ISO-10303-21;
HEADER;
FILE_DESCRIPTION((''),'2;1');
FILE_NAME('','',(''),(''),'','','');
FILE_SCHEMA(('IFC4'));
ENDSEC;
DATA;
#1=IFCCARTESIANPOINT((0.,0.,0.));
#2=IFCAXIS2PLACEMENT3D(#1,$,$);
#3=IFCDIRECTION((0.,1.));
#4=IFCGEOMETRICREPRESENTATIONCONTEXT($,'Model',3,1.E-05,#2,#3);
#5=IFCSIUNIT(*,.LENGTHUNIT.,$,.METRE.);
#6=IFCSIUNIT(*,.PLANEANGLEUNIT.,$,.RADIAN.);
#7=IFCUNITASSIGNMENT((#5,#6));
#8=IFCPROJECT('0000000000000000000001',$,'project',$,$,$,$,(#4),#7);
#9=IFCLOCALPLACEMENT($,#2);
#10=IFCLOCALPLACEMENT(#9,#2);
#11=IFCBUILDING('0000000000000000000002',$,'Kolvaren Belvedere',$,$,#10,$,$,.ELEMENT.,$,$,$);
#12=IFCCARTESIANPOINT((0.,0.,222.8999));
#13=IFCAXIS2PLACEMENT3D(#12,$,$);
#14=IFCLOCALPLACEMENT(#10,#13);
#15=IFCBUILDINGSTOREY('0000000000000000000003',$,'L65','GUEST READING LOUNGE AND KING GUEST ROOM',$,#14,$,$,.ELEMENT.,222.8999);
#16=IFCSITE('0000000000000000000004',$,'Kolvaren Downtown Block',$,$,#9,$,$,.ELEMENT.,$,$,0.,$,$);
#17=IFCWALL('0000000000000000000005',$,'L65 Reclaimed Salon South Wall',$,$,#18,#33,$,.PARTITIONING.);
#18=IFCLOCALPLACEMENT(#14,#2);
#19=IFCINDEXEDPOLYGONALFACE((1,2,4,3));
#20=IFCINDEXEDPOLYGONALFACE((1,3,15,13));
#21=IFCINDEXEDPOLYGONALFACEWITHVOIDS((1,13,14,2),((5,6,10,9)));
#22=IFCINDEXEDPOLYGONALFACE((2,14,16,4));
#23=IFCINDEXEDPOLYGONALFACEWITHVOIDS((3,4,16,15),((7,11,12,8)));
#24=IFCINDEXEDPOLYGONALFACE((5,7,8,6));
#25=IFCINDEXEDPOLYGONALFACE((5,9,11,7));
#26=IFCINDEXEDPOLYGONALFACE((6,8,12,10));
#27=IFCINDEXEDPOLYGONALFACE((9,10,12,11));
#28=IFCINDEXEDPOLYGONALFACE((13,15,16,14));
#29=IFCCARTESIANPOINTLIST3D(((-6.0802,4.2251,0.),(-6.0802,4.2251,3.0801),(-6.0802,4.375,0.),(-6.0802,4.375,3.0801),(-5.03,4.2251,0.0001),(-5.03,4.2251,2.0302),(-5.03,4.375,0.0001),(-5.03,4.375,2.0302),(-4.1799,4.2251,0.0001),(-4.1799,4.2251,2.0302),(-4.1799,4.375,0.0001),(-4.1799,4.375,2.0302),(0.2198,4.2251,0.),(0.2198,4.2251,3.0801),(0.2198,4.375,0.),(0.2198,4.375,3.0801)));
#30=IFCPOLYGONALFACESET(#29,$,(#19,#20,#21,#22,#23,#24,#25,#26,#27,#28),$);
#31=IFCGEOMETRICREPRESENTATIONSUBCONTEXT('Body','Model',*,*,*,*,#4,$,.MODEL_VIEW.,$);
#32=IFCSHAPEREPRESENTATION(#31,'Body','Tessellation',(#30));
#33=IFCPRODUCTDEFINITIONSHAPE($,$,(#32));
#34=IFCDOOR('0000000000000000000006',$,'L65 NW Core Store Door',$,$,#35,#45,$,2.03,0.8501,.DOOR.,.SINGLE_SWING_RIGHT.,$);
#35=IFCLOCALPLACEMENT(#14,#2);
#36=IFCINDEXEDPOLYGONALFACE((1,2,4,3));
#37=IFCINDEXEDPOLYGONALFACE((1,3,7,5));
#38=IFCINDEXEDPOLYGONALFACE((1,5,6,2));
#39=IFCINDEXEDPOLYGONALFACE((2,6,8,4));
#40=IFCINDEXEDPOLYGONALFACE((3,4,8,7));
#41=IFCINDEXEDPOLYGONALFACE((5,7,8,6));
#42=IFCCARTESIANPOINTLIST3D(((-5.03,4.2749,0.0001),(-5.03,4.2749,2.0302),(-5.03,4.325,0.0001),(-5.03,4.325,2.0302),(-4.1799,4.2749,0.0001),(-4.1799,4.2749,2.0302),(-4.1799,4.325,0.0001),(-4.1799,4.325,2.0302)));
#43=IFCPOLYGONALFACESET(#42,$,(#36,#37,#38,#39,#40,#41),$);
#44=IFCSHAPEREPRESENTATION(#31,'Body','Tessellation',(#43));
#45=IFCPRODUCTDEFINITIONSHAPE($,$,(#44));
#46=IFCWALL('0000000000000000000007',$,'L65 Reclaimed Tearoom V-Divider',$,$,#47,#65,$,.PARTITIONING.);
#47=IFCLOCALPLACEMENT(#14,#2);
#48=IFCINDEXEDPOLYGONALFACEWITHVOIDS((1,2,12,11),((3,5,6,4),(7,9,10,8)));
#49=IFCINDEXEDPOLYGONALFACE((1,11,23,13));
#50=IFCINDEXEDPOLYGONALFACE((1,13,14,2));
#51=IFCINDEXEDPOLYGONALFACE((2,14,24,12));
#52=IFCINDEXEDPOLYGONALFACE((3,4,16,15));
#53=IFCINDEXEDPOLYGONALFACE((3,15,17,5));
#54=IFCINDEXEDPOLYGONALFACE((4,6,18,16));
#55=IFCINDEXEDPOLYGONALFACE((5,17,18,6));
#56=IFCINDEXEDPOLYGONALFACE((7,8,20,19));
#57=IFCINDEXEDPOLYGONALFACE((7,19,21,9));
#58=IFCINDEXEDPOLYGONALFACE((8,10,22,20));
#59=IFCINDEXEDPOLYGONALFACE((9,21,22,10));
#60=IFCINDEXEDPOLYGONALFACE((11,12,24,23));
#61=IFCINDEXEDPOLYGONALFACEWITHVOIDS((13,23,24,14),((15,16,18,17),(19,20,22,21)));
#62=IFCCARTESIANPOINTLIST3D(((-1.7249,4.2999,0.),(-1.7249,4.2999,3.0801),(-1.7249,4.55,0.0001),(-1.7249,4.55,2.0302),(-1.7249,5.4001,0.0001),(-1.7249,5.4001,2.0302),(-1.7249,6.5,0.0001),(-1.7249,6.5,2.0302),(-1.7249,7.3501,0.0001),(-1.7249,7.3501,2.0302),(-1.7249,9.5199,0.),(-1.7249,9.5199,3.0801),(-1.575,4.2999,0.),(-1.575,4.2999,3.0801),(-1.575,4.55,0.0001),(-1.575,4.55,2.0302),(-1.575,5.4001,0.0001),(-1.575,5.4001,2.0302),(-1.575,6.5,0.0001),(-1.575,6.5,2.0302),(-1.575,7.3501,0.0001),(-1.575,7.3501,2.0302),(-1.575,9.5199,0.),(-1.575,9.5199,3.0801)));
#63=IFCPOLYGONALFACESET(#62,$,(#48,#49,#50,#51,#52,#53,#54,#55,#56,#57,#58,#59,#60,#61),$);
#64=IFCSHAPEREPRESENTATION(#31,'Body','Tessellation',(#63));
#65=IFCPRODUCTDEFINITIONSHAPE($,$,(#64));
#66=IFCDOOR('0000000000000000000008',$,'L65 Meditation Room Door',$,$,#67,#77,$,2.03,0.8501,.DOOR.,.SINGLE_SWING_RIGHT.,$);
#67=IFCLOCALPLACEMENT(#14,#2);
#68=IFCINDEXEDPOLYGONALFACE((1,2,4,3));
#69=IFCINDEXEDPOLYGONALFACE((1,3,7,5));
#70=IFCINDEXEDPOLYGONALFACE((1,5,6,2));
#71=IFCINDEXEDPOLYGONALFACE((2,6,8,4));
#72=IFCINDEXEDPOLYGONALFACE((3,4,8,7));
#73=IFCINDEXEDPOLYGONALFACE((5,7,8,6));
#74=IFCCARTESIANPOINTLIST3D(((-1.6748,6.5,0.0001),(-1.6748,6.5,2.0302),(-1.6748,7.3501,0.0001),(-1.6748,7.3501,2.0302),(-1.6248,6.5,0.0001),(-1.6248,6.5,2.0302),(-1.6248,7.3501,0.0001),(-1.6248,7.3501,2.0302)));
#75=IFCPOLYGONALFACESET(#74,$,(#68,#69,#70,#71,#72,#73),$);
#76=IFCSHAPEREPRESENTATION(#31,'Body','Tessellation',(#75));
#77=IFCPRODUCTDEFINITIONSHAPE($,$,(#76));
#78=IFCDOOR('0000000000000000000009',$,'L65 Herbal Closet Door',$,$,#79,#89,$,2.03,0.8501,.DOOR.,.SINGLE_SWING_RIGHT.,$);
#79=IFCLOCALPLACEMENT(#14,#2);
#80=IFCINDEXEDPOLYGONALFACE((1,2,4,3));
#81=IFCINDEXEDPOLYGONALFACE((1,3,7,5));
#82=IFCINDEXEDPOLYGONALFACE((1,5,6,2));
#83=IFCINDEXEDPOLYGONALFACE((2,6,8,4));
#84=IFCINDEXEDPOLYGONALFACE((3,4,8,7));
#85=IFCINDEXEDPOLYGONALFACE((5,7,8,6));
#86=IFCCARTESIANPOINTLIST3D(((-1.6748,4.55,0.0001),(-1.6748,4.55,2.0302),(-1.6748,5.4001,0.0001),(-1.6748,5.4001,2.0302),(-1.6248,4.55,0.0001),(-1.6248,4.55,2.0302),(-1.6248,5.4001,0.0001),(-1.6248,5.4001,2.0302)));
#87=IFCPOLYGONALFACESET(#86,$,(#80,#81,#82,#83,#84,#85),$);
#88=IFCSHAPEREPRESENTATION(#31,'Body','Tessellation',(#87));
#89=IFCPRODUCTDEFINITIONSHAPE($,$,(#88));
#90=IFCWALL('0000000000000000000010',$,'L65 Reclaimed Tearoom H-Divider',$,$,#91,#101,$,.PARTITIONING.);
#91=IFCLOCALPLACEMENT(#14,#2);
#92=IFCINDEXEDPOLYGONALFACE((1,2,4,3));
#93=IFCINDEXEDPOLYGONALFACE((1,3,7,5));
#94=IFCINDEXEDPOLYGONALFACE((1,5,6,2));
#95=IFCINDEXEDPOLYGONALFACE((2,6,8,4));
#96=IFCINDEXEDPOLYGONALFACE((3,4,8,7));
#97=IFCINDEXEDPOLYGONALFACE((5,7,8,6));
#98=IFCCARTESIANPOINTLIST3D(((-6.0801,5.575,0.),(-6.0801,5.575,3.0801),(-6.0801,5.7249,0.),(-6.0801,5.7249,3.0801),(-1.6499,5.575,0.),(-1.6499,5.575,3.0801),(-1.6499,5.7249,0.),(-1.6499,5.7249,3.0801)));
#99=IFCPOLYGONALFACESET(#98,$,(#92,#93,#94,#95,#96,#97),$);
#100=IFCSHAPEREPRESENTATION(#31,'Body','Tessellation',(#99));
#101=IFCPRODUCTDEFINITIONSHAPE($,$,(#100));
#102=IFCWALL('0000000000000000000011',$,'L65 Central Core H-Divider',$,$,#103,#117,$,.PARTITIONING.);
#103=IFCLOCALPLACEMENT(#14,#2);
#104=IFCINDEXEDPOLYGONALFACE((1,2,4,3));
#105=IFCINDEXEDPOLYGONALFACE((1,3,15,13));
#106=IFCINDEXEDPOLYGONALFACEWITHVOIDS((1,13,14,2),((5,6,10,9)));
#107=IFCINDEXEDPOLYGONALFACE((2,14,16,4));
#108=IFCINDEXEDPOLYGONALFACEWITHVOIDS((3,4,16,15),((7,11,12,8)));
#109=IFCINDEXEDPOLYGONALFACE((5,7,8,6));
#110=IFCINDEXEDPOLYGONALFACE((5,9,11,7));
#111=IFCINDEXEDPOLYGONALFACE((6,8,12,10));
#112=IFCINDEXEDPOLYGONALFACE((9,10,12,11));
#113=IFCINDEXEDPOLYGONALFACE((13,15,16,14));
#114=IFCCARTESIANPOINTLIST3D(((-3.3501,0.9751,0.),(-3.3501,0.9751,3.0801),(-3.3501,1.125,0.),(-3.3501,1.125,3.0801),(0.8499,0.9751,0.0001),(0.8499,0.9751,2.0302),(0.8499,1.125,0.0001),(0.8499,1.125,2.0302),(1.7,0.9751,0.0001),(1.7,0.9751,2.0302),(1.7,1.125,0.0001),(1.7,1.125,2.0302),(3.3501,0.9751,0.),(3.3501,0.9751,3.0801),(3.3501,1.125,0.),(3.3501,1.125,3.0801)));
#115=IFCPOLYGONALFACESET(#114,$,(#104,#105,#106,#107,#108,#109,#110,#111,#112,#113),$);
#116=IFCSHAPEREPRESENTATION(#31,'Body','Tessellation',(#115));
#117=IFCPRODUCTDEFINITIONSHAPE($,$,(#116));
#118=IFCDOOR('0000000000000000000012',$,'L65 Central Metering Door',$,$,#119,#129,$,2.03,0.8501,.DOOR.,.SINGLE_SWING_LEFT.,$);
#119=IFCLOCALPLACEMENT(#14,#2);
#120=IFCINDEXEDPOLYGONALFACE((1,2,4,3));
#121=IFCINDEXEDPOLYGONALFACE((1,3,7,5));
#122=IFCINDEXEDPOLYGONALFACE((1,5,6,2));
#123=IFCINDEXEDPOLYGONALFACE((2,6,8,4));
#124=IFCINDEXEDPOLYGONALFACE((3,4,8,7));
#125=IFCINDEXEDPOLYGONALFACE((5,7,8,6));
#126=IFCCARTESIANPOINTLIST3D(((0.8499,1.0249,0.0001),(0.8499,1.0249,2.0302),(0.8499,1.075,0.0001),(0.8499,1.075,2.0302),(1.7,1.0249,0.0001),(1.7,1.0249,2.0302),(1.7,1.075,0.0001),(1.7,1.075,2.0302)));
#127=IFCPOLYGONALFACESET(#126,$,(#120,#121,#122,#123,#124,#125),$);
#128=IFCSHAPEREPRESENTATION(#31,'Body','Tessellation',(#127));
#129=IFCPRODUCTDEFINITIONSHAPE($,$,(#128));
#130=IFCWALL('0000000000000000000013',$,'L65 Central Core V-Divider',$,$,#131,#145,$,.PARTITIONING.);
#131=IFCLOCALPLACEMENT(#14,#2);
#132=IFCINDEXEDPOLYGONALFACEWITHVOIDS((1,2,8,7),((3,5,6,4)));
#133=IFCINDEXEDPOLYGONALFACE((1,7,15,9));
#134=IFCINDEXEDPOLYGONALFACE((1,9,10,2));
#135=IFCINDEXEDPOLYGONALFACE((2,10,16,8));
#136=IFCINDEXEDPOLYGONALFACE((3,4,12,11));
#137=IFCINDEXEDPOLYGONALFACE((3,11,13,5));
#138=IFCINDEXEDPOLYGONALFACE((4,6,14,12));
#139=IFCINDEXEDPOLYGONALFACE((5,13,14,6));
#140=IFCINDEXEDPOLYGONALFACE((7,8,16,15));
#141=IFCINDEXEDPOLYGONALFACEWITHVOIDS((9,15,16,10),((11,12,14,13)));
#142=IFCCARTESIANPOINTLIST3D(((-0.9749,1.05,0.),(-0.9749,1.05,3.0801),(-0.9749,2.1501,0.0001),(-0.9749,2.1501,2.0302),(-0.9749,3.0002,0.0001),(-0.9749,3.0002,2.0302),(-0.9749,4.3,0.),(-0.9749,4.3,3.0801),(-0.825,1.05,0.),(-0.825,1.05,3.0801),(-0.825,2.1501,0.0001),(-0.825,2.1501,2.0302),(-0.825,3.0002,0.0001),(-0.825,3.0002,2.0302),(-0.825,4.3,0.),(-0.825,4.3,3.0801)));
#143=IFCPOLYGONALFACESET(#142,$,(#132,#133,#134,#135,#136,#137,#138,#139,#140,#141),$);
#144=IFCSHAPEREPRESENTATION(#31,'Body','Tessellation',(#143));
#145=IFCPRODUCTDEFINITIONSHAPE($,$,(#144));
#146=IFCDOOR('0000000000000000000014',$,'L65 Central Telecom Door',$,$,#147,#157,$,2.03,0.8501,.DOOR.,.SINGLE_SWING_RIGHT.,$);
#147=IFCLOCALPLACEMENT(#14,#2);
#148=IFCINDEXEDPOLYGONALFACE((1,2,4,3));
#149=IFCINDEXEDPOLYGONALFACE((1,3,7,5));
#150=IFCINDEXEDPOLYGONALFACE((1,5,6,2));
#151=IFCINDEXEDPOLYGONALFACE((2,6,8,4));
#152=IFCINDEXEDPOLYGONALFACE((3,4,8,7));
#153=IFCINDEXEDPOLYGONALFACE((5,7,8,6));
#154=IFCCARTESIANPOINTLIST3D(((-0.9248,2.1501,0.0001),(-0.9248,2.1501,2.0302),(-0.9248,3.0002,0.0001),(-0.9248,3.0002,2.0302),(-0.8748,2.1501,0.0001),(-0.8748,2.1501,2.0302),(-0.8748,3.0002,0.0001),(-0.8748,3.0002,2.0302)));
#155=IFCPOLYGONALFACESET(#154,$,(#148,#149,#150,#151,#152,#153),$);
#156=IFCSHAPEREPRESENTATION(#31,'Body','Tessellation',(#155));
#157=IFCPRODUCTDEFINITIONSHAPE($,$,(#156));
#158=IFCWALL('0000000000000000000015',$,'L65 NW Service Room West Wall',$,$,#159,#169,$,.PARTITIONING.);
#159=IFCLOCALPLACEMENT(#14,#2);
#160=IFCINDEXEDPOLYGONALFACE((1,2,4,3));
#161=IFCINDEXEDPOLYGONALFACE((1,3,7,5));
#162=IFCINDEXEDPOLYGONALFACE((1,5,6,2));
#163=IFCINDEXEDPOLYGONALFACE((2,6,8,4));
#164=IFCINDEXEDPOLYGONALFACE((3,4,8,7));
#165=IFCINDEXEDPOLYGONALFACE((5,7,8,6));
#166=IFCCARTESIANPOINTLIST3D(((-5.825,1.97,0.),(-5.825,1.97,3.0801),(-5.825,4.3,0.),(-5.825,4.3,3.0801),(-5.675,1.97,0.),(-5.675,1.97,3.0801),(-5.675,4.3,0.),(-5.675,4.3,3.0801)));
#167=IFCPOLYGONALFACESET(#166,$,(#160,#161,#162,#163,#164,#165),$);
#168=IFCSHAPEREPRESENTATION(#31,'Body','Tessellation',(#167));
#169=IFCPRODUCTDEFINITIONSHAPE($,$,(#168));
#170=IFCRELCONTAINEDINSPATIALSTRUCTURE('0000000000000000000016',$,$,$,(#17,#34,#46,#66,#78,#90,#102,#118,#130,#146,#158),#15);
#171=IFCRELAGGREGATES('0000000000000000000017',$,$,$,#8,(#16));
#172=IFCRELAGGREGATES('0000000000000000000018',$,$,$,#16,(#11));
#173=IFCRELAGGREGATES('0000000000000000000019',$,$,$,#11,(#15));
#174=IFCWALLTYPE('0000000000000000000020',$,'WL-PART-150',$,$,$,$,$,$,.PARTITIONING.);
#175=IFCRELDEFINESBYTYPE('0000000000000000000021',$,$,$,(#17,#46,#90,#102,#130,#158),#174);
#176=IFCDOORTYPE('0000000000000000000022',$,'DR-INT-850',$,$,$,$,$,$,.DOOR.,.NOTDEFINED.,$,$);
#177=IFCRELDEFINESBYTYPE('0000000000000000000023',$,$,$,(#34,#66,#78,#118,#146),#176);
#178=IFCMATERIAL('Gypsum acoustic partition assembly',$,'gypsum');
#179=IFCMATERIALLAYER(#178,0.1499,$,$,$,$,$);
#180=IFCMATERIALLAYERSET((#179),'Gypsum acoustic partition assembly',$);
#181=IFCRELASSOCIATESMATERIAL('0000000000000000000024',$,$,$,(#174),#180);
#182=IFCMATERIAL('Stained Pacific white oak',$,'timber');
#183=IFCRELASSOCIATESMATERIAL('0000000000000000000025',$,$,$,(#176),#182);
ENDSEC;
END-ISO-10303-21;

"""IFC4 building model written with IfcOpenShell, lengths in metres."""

from ifc_helpers import new_model, si_unit, direction, frame, frame_2d, origin, place, context, subcontext, project, spatial, rectangle, extrude, material, layer, layer_set, type_object, element, fill, save


model = new_model("IFC4")

# Units and contexts
model_context = context("Model", 3, precision=1e-05, world=origin(), true_north=direction((0.0, 1.0)))
body_context = subcontext(model_context, "Body", "Model", "MODEL_VIEW")
ifc_project = project(units=[si_unit("LENGTHUNIT", "METRE"), si_unit("PLANEANGLEUNIT", "RADIAN")], contexts=[model_context])

# Site, building, storey
site_placement = place(None, origin())
site = spatial("IfcSite", under=ifc_project, at=site_placement, Name="Kolvaren Downtown Block", CompositionType="ELEMENT", RefElevation=0.0)
building_placement = place(site_placement, origin())
building = spatial("IfcBuilding", under=site, at=building_placement, Name="Kolvaren Belvedere", CompositionType="ELEMENT")
storey_placement = place(building_placement, frame((0.0, 0.0, 222.8999)))
storey = spatial("IfcBuildingStorey", under=building, at=storey_placement, Name="L65", Description="GUEST READING LOUNGE AND KING GUEST ROOM", CompositionType="ELEMENT", Elevation=222.8999)

# Wall, opening, door
ifc_material_1 = material(Name="Gypsum acoustic partition assembly", Category="gypsum")
ifc_layer_1 = layer(ifc_material_1, 0.1499)
ifc_layer_set_1 = layer_set([ifc_layer_1], Name="Gypsum acoustic partition assembly")
wall_type_1 = type_object("IfcWallType", Name="WL-PART-150", PredefinedType="PARTITIONING", material=ifc_layer_set_1)
wall_1_placement = place(storey_placement, frame((-6.0801, 4.3, 0.0), z_axis=(0.0, 0.0, 1.0), x_axis=(1.0, 0.0, 0.0)))
wall_1 = element("IfcWall", 1, at=wall_1_placement, inside=storey, type_object=wall_type_1, Name="L65 Reclaimed Salon South Wall", PredefinedType="PARTITIONING", context=body_context, shape_type="SweptSolid", body=[
    extrude(rectangle(XDim=6.3, YDim=0.1499, at=frame_2d((3.1499, 0.0))), origin(), (0.0, 0.0, 1.0), 3.0801),
])
opening_1_placement = place(wall_1_placement, frame((1.05, 0.0, 0.0)))
opening_1 = element("IfcOpeningElement", 2, at=opening_1_placement, cuts=wall_1, PredefinedType="OPENING", context=body_context, shape_type="SweptSolid", body=[
    extrude(rectangle(XDim=0.8501, YDim=2.03, at=frame_2d((0.425, 1.0151))), frame((0.0, 0.085, 0.0), z_axis=(0.0, -1.0, 0.0), x_axis=(1.0, 0.0, 0.0)), (0.0, 0.0, 1.0), 0.1699),
])
ifc_material_2 = material(Name="Stained Pacific white oak", Category="timber")
door_type_1 = type_object("IfcDoorType", Name="DR-INT-850", OperationType="NOTDEFINED", PredefinedType="DOOR", material=ifc_material_2)
door_1_placement = place(opening_1_placement, origin())
door_1 = element("IfcDoor", 3, at=door_1_placement, inside=storey, type_object=door_type_1, Name="L65 NW Core Store Door", OperationType="SINGLE_SWING_RIGHT", OverallHeight=2.03, OverallWidth=0.8501, PredefinedType="DOOR", context=body_context, shape_type="SweptSolid", body=[
    extrude(rectangle(XDim=0.8501, YDim=2.03, at=frame_2d((0.425, 1.0151))), frame((0.0, 0.0249, 0.0), z_axis=(0.0, -1.0, 0.0), x_axis=(1.0, 0.0, 0.0)), (0.0, 0.0, 1.0), 0.05),
])
fill(opening_1, door_1)

# Wall, openings, doors
wall_2_placement = place(storey_placement, frame((-1.6499, 4.3, 0.0), z_axis=(0.0, 0.0, 1.0), x_axis=(0.0, 1.0, 0.0)))
wall_2 = element("IfcWall", 4, at=wall_2_placement, inside=storey, type_object=wall_type_1, Name="L65 Reclaimed Tearoom V-Divider", PredefinedType="PARTITIONING", context=body_context, shape_type="SweptSolid", body=[
    extrude(rectangle(XDim=5.22, YDim=0.1499, at=frame_2d((2.6099, 0.0))), origin(), (0.0, 0.0, 1.0), 3.0801),
])
opening_2_placement = place(wall_2_placement, frame((2.2, 0.0, 0.0)))
opening_2 = element("IfcOpeningElement", 5, at=opening_2_placement, cuts=wall_2, PredefinedType="OPENING", context=body_context, shape_type="SweptSolid", body=[
    extrude(rectangle(XDim=0.8501, YDim=2.03, at=frame_2d((0.425, 1.0151))), frame((0.0, 0.085, 0.0), z_axis=(0.0, -1.0, 0.0), x_axis=(1.0, 0.0, 0.0)), (0.0, 0.0, 1.0), 0.1699),
])
opening_3_placement = place(wall_2_placement, frame((0.25, 0.0, 0.0)))
opening_3 = element("IfcOpeningElement", 6, at=opening_3_placement, cuts=wall_2, PredefinedType="OPENING", context=body_context, shape_type="SweptSolid", body=[
    extrude(rectangle(XDim=0.8501, YDim=2.03, at=frame_2d((0.425, 1.0151))), frame((0.0, 0.085, 0.0), z_axis=(0.0, -1.0, 0.0), x_axis=(1.0, 0.0, 0.0)), (0.0, 0.0, 1.0), 0.1699),
])
door_2_placement = place(opening_2_placement, origin())
door_2 = element("IfcDoor", 7, at=door_2_placement, inside=storey, type_object=door_type_1, Name="L65 Meditation Room Door", OperationType="SINGLE_SWING_RIGHT", OverallHeight=2.03, OverallWidth=0.8501, PredefinedType="DOOR", context=body_context, shape_type="SweptSolid", body=[
    extrude(rectangle(XDim=0.8501, YDim=2.03, at=frame_2d((0.425, 1.0151))), frame((0.0, 0.0249, 0.0), z_axis=(0.0, -1.0, 0.0), x_axis=(1.0, 0.0, 0.0)), (0.0, 0.0, 1.0), 0.05),
])
fill(opening_2, door_2)
door_3_placement = place(opening_3_placement, origin())
door_3 = element("IfcDoor", 8, at=door_3_placement, inside=storey, type_object=door_type_1, Name="L65 Herbal Closet Door", OperationType="SINGLE_SWING_RIGHT", OverallHeight=2.03, OverallWidth=0.8501, PredefinedType="DOOR", context=body_context, shape_type="SweptSolid", body=[
    extrude(rectangle(XDim=0.8501, YDim=2.03, at=frame_2d((0.425, 1.0151))), frame((0.0, 0.0249, 0.0), z_axis=(0.0, -1.0, 0.0), x_axis=(1.0, 0.0, 0.0)), (0.0, 0.0, 1.0), 0.05),
])
fill(opening_3, door_3)

# Wall
wall_3_placement = place(storey_placement, frame((-6.0801, 5.6499, 0.0), z_axis=(0.0, 0.0, 1.0), x_axis=(1.0, 0.0, 0.0)))
element("IfcWall", 9, at=wall_3_placement, inside=storey, type_object=wall_type_1, Name="L65 Reclaimed Tearoom H-Divider", PredefinedType="PARTITIONING", context=body_context, shape_type="SweptSolid", body=[
    extrude(rectangle(XDim=4.4302, YDim=0.1499, at=frame_2d((2.2151, 0.0))), origin(), (0.0, 0.0, 1.0), 3.0801),
])

# Walls, openings, doors
wall_4_placement = place(storey_placement, frame((-3.3501, 1.05, 0.0), z_axis=(0.0, 0.0, 1.0), x_axis=(1.0, 0.0, 0.0)))
wall_4 = element("IfcWall", 10, at=wall_4_placement, inside=storey, type_object=wall_type_1, Name="L65 Central Core H-Divider", PredefinedType="PARTITIONING", context=body_context, shape_type="SweptSolid", body=[
    extrude(rectangle(XDim=6.7002, YDim=0.1499, at=frame_2d((3.3501, 0.0))), origin(), (0.0, 0.0, 1.0), 3.0801),
])
opening_4_placement = place(wall_4_placement, frame((4.2, 0.0, 0.0)))
opening_4 = element("IfcOpeningElement", 11, at=opening_4_placement, cuts=wall_4, PredefinedType="OPENING", context=body_context, shape_type="SweptSolid", body=[
    extrude(rectangle(XDim=0.8501, YDim=2.03, at=frame_2d((0.425, 1.0151))), frame((0.0, 0.085, 0.0), z_axis=(0.0, -1.0, 0.0), x_axis=(1.0, 0.0, 0.0)), (0.0, 0.0, 1.0), 0.1699),
])
door_4_placement = place(opening_4_placement, origin())
door_4 = element("IfcDoor", 12, at=door_4_placement, inside=storey, type_object=door_type_1, Name="L65 Central Metering Door", OperationType="SINGLE_SWING_LEFT", OverallHeight=2.03, OverallWidth=0.8501, PredefinedType="DOOR", context=body_context, shape_type="SweptSolid", body=[
    extrude(rectangle(XDim=0.8501, YDim=2.03, at=frame_2d((0.425, 1.0151))), frame((0.0, 0.0249, 0.0), z_axis=(0.0, -1.0, 0.0), x_axis=(1.0, 0.0, 0.0)), (0.0, 0.0, 1.0), 0.05),
])
fill(opening_4, door_4)
wall_5_placement = place(storey_placement, frame((-0.8999, 1.05, 0.0), z_axis=(0.0, 0.0, 1.0), x_axis=(0.0, 1.0, 0.0)))
wall_5 = element("IfcWall", 13, at=wall_5_placement, inside=storey, type_object=wall_type_1, Name="L65 Central Core V-Divider", PredefinedType="PARTITIONING", context=body_context, shape_type="SweptSolid", body=[
    extrude(rectangle(XDim=3.25, YDim=0.1499, at=frame_2d((1.625, 0.0))), origin(), (0.0, 0.0, 1.0), 3.0801),
])
opening_5_placement = place(wall_5_placement, frame((1.1001, 0.0, 0.0)))
opening_5 = element("IfcOpeningElement", 14, at=opening_5_placement, cuts=wall_5, PredefinedType="OPENING", context=body_context, shape_type="SweptSolid", body=[
    extrude(rectangle(XDim=0.8501, YDim=2.03, at=frame_2d((0.425, 1.0151))), frame((0.0, 0.085, 0.0), z_axis=(0.0, -1.0, 0.0), x_axis=(1.0, 0.0, 0.0)), (0.0, 0.0, 1.0), 0.1699),
])
door_5_placement = place(opening_5_placement, origin())
door_5 = element("IfcDoor", 15, at=door_5_placement, inside=storey, type_object=door_type_1, Name="L65 Central Telecom Door", OperationType="SINGLE_SWING_RIGHT", OverallHeight=2.03, OverallWidth=0.8501, PredefinedType="DOOR", context=body_context, shape_type="SweptSolid", body=[
    extrude(rectangle(XDim=0.8501, YDim=2.03, at=frame_2d((0.425, 1.0151))), frame((0.0, 0.0249, 0.0), z_axis=(0.0, -1.0, 0.0), x_axis=(1.0, 0.0, 0.0)), (0.0, 0.0, 1.0), 0.05),
])
fill(opening_5, door_5)

# Wall
wall_6_placement = place(storey_placement, frame((-5.75, 1.97, 0.0), z_axis=(0.0, 0.0, 1.0), x_axis=(0.0, 1.0, 0.0)))
element("IfcWall", 16, at=wall_6_placement, inside=storey, type_object=wall_type_1, Name="L65 NW Service Room West Wall", PredefinedType="PARTITIONING", context=body_context, shape_type="SweptSolid", body=[
    extrude(rectangle(XDim=2.3301, YDim=0.1499, at=frame_2d((1.165, 0.0))), origin(), (0.0, 0.0, 1.0), 3.0801),
])

save(model, "model.ifc")
